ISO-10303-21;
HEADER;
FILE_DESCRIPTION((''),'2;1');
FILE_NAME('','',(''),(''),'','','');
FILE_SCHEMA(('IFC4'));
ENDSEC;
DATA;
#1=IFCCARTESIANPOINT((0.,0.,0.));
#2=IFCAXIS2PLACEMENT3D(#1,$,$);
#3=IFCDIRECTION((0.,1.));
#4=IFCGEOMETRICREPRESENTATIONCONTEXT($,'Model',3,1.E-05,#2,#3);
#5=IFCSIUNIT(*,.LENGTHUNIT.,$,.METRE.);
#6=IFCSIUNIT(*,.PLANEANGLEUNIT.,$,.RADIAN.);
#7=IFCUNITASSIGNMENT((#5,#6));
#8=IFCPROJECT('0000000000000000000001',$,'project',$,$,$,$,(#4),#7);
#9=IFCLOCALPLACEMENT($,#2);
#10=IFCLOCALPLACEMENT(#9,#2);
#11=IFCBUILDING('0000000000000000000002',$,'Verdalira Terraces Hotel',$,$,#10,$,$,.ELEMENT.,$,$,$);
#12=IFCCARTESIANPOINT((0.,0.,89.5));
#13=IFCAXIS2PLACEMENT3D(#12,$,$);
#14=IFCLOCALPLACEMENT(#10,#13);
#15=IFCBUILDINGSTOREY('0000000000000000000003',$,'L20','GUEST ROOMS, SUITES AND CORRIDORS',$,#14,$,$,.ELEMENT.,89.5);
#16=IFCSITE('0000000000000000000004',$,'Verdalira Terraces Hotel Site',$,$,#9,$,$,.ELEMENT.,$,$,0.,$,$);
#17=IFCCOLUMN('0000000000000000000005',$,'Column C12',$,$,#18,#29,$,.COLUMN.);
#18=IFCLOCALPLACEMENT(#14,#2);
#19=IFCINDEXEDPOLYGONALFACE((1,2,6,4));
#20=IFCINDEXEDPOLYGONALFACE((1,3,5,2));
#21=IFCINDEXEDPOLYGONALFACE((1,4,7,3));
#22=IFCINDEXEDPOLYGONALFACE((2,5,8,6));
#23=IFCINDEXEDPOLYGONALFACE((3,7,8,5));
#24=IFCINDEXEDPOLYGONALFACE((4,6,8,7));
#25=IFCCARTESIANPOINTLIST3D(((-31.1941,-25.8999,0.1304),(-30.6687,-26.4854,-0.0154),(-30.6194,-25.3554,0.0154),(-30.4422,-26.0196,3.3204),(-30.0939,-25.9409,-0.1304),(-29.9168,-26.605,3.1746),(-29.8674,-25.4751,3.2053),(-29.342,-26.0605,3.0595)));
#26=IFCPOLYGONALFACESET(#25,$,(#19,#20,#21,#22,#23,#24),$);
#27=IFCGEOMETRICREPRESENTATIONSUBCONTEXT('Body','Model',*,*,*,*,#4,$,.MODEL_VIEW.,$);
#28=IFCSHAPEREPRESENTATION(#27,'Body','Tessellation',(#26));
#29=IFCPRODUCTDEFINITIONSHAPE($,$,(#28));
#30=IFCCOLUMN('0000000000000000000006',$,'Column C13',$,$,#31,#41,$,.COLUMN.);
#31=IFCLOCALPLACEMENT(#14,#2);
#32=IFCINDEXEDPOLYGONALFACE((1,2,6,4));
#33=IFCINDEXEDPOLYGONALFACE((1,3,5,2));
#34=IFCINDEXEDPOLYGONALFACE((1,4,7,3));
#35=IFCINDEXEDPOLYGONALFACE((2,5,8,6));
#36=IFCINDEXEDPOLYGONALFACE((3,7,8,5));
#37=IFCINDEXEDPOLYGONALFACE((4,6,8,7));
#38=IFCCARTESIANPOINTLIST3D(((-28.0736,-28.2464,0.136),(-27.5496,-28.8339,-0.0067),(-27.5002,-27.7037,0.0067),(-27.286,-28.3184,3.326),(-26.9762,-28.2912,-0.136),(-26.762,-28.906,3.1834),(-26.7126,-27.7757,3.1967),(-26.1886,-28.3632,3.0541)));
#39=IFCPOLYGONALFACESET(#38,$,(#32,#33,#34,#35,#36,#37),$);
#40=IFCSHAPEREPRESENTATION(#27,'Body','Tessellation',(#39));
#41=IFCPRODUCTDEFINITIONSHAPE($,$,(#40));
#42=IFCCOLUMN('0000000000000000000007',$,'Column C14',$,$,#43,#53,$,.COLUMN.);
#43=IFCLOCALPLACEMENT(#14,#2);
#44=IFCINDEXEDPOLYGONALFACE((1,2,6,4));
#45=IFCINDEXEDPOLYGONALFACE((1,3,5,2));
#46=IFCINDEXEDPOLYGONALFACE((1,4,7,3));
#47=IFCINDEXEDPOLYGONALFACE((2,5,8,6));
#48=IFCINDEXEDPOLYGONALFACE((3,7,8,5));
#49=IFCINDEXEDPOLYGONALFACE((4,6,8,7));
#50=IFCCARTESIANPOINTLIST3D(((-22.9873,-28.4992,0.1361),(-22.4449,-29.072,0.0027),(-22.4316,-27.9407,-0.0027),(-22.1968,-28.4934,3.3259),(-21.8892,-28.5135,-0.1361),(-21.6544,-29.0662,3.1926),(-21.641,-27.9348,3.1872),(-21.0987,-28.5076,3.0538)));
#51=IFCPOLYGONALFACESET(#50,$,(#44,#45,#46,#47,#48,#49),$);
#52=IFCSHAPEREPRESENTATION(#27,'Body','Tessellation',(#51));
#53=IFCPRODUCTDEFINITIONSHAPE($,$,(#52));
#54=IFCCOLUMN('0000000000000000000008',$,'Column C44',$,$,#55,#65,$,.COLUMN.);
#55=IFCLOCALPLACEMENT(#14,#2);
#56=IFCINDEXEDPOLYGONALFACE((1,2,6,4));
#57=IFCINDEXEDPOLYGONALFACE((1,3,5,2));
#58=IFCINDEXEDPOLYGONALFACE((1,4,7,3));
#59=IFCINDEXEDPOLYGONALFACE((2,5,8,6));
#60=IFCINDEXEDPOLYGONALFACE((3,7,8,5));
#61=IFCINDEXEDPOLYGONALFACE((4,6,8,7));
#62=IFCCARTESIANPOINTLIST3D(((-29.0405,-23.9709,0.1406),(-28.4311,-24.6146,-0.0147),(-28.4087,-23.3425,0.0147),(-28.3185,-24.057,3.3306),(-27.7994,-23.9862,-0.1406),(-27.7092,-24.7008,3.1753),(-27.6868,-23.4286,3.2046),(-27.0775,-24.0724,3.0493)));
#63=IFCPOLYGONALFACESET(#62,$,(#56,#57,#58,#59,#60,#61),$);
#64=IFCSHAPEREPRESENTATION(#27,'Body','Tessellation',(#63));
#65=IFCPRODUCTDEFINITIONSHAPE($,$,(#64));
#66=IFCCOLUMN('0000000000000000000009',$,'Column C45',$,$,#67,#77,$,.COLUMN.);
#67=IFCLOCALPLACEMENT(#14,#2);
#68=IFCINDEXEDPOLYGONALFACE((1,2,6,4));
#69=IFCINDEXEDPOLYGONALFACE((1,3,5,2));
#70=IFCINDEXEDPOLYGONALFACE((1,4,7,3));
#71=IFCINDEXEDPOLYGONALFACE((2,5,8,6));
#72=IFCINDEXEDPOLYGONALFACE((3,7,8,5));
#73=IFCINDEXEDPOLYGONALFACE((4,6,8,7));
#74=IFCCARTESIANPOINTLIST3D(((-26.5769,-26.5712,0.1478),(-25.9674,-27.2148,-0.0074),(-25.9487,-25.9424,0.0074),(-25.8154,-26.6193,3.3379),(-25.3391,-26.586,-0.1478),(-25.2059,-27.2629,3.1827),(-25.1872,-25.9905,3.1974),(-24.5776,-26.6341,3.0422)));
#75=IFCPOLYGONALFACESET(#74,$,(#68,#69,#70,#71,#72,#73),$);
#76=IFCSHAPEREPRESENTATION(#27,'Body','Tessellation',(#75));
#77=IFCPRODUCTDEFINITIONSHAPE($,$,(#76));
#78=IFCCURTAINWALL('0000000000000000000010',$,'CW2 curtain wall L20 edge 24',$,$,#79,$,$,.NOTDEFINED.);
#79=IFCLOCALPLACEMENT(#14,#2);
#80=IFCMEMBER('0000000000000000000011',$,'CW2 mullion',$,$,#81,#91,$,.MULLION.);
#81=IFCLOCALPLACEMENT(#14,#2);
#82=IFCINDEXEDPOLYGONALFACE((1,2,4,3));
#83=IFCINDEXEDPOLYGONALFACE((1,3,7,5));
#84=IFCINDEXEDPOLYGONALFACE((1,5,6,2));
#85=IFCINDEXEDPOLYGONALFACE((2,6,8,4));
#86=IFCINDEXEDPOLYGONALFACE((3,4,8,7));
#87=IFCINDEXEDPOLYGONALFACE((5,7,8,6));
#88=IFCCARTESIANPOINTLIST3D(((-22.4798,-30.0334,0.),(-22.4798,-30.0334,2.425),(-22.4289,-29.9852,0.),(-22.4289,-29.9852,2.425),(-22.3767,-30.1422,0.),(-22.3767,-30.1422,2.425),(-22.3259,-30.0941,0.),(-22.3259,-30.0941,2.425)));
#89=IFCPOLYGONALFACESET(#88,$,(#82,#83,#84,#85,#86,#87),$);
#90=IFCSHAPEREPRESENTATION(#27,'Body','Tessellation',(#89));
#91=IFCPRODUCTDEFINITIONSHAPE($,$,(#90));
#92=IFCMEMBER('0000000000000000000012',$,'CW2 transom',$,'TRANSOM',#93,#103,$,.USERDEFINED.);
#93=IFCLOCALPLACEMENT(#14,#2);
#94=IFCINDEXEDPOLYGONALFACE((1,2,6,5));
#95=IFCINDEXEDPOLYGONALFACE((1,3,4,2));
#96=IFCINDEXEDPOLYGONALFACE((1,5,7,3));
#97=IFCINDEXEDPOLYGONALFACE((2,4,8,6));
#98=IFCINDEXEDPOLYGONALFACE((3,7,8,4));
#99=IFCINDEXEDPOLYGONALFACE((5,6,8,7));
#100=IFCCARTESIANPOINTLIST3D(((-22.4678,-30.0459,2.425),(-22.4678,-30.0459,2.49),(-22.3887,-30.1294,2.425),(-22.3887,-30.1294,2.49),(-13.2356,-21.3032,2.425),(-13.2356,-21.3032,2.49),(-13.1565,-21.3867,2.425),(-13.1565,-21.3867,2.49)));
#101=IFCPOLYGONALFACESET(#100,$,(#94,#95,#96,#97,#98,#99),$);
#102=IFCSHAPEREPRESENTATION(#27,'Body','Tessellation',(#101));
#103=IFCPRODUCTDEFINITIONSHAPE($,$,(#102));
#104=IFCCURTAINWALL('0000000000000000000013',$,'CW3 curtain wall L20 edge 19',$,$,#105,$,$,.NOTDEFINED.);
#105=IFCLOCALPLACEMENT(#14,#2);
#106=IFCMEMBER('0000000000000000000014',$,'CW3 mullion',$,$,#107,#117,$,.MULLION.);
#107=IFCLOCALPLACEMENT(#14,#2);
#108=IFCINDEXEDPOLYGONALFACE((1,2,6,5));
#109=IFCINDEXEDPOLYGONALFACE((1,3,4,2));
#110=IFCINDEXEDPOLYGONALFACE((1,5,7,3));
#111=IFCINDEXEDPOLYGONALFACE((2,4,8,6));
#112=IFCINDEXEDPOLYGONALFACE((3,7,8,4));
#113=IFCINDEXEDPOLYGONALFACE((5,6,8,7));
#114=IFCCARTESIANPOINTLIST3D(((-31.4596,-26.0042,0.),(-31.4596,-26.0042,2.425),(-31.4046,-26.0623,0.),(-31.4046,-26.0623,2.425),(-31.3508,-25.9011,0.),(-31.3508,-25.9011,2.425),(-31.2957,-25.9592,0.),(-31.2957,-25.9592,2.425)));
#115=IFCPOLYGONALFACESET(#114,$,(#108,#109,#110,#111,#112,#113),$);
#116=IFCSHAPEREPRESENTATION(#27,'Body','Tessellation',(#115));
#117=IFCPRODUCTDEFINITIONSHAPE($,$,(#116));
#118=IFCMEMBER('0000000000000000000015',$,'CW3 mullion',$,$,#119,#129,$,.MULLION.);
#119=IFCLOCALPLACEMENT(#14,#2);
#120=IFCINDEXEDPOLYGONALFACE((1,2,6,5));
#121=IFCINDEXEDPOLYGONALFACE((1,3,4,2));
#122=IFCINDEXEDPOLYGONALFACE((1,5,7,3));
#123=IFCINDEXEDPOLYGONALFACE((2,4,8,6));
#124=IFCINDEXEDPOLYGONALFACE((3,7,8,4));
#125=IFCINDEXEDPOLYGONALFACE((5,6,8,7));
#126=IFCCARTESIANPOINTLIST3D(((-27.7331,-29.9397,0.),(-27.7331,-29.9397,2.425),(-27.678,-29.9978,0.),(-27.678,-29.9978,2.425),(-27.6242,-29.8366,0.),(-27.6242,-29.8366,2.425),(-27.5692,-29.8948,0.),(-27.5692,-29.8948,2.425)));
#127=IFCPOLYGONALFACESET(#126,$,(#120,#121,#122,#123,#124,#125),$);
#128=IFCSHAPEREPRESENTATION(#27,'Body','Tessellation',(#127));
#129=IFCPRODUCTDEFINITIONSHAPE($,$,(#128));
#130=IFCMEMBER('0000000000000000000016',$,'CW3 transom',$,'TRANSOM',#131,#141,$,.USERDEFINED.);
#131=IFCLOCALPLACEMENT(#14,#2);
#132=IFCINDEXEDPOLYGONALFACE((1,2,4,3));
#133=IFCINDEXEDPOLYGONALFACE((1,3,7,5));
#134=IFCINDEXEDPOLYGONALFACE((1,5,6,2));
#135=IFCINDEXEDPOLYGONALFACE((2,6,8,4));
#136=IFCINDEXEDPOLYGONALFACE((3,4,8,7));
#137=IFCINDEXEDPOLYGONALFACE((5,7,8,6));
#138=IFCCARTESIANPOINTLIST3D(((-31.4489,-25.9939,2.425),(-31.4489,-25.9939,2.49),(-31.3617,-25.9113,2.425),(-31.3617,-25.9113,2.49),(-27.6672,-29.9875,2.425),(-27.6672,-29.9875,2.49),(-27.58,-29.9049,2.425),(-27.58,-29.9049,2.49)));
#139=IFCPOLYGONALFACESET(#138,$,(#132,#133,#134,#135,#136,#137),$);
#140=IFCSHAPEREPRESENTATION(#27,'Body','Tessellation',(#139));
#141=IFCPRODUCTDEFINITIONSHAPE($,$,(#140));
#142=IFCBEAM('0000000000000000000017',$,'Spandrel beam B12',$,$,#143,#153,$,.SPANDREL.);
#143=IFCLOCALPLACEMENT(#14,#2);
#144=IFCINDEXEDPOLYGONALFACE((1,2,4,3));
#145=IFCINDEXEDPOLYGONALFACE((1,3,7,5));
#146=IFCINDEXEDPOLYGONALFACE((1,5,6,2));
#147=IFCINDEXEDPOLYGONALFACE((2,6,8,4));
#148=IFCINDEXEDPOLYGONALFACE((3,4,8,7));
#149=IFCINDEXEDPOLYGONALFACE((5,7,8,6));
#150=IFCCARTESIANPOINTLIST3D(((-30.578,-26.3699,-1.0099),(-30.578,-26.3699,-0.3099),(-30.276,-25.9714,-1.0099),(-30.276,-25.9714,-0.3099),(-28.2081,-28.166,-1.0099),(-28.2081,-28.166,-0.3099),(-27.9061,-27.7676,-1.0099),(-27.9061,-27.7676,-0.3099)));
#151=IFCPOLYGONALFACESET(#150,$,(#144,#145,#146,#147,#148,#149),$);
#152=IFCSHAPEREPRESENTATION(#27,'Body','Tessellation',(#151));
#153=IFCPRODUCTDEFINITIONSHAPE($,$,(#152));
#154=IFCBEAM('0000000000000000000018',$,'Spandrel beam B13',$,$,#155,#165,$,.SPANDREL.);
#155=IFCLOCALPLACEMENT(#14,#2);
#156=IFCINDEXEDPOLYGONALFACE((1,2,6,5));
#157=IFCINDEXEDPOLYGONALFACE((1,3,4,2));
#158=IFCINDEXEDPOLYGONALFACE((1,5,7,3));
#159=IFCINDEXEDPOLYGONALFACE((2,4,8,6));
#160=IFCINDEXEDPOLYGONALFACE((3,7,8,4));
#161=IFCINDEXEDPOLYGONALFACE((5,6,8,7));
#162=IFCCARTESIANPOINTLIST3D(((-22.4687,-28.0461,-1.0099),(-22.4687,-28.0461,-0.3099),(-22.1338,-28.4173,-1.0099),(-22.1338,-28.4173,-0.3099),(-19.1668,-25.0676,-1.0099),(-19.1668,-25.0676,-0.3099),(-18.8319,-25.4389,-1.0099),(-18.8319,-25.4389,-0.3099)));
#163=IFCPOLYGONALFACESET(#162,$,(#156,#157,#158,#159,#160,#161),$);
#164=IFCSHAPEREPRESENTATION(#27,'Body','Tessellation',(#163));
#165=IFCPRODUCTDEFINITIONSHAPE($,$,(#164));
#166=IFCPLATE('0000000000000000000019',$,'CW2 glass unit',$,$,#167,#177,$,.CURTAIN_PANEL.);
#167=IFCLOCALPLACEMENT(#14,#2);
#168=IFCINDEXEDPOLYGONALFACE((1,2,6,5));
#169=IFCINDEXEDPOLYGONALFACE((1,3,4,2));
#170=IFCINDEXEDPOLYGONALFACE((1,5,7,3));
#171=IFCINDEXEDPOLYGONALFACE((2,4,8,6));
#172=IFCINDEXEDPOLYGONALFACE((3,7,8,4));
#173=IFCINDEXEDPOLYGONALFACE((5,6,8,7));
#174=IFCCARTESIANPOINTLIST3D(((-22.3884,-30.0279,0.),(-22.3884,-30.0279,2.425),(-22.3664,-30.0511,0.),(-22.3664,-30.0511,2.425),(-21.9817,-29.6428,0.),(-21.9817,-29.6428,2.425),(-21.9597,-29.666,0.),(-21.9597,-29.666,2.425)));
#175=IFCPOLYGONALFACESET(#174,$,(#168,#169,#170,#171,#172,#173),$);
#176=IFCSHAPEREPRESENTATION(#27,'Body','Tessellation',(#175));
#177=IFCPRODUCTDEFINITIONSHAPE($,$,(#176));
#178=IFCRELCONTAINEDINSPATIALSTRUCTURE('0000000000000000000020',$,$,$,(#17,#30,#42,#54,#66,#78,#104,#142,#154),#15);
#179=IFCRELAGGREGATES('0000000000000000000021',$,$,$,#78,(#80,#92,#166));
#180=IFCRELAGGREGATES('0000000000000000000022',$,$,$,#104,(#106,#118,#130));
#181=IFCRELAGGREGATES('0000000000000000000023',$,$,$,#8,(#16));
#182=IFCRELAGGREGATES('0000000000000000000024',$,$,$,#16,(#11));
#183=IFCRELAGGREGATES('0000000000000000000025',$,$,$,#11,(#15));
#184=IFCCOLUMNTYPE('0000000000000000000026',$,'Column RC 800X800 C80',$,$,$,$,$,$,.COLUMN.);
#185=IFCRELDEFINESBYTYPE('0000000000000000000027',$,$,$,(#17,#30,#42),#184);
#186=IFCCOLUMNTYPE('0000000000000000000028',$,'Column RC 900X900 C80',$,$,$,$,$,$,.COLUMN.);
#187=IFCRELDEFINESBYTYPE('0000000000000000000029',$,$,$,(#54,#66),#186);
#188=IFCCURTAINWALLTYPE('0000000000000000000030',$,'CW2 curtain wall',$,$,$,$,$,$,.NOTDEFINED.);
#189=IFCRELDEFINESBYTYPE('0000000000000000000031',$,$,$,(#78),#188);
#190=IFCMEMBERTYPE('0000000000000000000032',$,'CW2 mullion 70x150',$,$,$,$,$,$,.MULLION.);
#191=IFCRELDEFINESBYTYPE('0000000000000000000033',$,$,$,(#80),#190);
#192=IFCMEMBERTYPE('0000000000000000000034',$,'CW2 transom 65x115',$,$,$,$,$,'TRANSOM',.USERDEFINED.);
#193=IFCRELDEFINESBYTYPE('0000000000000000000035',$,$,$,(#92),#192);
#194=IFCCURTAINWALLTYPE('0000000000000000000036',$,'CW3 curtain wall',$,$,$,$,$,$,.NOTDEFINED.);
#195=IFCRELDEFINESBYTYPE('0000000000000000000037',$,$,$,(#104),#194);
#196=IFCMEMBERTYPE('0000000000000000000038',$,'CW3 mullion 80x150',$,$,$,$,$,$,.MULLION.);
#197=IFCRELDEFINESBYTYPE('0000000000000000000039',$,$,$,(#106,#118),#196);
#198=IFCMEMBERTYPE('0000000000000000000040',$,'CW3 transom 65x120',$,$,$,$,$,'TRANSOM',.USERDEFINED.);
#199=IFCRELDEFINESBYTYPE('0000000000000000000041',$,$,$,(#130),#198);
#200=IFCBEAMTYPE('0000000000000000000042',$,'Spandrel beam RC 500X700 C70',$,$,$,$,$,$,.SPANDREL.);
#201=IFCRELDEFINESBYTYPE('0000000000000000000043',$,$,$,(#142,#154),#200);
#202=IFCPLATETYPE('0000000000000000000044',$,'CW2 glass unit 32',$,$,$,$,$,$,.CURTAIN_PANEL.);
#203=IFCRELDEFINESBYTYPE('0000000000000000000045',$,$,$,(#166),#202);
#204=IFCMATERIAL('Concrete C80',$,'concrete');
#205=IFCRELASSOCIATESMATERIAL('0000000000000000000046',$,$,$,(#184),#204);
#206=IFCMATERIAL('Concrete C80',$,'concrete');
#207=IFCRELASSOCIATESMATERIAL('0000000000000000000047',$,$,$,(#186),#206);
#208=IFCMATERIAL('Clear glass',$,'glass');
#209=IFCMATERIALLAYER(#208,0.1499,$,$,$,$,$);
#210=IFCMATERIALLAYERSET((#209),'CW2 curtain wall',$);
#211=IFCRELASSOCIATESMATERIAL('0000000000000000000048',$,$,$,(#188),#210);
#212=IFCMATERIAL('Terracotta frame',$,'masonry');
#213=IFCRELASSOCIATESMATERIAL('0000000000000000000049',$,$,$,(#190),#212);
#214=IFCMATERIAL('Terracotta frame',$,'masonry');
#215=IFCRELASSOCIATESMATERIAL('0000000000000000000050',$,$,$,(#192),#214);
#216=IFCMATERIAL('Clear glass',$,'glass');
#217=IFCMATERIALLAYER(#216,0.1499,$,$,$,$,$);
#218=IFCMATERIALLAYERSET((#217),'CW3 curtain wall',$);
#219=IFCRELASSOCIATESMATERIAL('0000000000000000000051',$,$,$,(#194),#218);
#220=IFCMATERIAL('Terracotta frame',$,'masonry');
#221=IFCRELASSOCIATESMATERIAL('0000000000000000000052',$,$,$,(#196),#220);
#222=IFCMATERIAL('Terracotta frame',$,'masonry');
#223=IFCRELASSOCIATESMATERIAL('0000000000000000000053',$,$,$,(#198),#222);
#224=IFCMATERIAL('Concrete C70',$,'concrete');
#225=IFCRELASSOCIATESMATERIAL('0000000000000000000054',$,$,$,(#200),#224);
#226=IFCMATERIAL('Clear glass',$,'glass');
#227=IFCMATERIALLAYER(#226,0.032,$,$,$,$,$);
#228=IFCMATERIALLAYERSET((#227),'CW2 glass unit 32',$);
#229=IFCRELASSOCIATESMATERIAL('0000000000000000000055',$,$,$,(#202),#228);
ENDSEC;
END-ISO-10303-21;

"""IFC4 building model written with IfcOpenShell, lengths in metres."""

from ifc_helpers import new_model, si_unit, direction, frame, origin, origin_2d, place, context, subcontext, project, spatial, rectangle, extrude, material, layer, layer_set, material_profile, profile_set, type_object, element, aggregate, save


model = new_model("IFC4")

# Units and contexts
model_context = context("Model", 3, precision=1e-05, world=origin(), true_north=direction((0.0, 1.0)))
body_context = subcontext(model_context, "Body", "Model", "MODEL_VIEW")
ifc_project = project(units=[si_unit("LENGTHUNIT", "METRE"), si_unit("PLANEANGLEUNIT", "RADIAN")], contexts=[model_context])

# Site, building, storey
site_placement = place(None, origin())
site = spatial("IfcSite", under=ifc_project, at=site_placement, Name="Verdalira Terraces Hotel Site", CompositionType="ELEMENT", RefElevation=0.0)
building_placement = place(site_placement, origin())
building = spatial("IfcBuilding", under=site, at=building_placement, Name="Verdalira Terraces Hotel", CompositionType="ELEMENT")
storey_placement = place(building_placement, frame((0.0, 0.0, 89.5)))
storey = spatial("IfcBuildingStorey", under=building, at=storey_placement, Name="L20", Description="GUEST ROOMS, SUITES AND CORRIDORS", CompositionType="ELEMENT", Elevation=89.5)

# Columns
ifc_material_1 = material(Name="Concrete C80", Category="concrete")
ifc_material_profile_1 = material_profile(ifc_material_1, rectangle(XDim=0.8, YDim=0.8, at=origin_2d()), Name="RC 800X800")
ifc_profile_set_1 = profile_set([ifc_material_profile_1], Name="Concrete C80")
column_type_1 = type_object("IfcColumnType", Name="Column RC 800X800 C80", PredefinedType="COLUMN", material=ifc_profile_set_1)
column_1_placement = place(storey_placement, frame((-30.644, -25.9204, 0.0), z_axis=(0.229285, -0.036477, 0.972676), x_axis=(0.656734, -0.731768, -0.182252)))
element("IfcColumn", 1, at=column_1_placement, inside=storey, type_object=column_type_1, Name="Column C12", PredefinedType="COLUMN", context=body_context, shape_type="SweptSolid", body=[
    extrude(rectangle(XDim=0.8, YDim=0.8, at=origin_2d()), origin(), (0.0, 0.0, 1.0), 3.2795),
])
column_2_placement = place(storey_placement, frame((-27.5249, -28.2688, 0.0), z_axis=(0.239645, -0.021914, 0.970613), x_axis=(0.654927, -0.734361, -0.178282)))
element("IfcColumn", 2, at=column_2_placement, inside=storey, type_object=column_type_1, Name="Column C13", PredefinedType="COLUMN", context=body_context, shape_type="SweptSolid", body=[
    extrude(rectangle(XDim=0.8, YDim=0.8, at=origin_2d()), origin(), (0.0, 0.0, 1.0), 3.2866),
])
column_3_placement = place(storey_placement, frame((-22.4382, -28.5063, 0.0), z_axis=(0.240542, 0.001783, 0.970637), x_axis=(0.694635, 0.698144, -0.173426)))
element("IfcColumn", 3, at=column_3_placement, inside=storey, type_object=column_type_1, Name="Column C14", PredefinedType="COLUMN", context=body_context, shape_type="SweptSolid", body=[
    extrude(rectangle(XDim=0.8, YDim=0.8, at=origin_2d()), origin(), (0.0, 0.0, 1.0), 3.2864),
])
ifc_material_2 = material(Name="Concrete C80", Category="concrete")
ifc_material_profile_2 = material_profile(ifc_material_2, rectangle(XDim=0.8999, YDim=0.8999, at=origin_2d()), Name="RC 900X900")
ifc_profile_set_2 = profile_set([ifc_material_profile_2], Name="Concrete C80")
column_type_2 = type_object("IfcColumnType", Name="Column RC 900X900 C80", PredefinedType="COLUMN", material=ifc_profile_set_2)
column_4_placement = place(storey_placement, frame((-28.4199, -23.9785, 0.0), z_axis=(0.220654, -0.026341, 0.974996), x_axis=(-0.701988, -0.698292, 0.140003)))
element("IfcColumn", 4, at=column_4_placement, inside=storey, type_object=column_type_2, Name="Column C44", PredefinedType="COLUMN", context=body_context, shape_type="SweptSolid", body=[
    extrude(rectangle(XDim=0.8999, YDim=0.8999, at=origin_2d()), origin(), (0.0, 0.0, 1.0), 3.2717),
])
column_5_placement = place(storey_placement, frame((-25.958, -26.5786, 0.0), z_axis=(0.232162, -0.014664, 0.972566), x_axis=(-0.6981, -0.698775, 0.156109)))
element("IfcColumn", 5, at=column_5_placement, inside=storey, type_object=column_type_2, Name="Column C45", PredefinedType="COLUMN", context=body_context, shape_type="SweptSolid", body=[
    extrude(rectangle(XDim=0.8999, YDim=0.8999, at=origin_2d()), origin(), (0.0, 0.0, 1.0), 3.28),
])

# Curtain walls, members
ifc_material_3 = material(Name="Clear glass", Category="glass")
ifc_layer_1 = layer(ifc_material_3, 0.1499)
ifc_layer_set_1 = layer_set([ifc_layer_1], Name="CW2 curtain wall")
curtain_wall_type_1 = type_object("IfcCurtainWallType", Name="CW2 curtain wall", PredefinedType="NOTDEFINED", material=ifc_layer_set_1)
curtain_wall_1_placement = place(storey_placement, origin())
curtain_wall_1 = element("IfcCurtainWall", 6, at=curtain_wall_1_placement, inside=storey, type_object=curtain_wall_type_1, Name="CW2 curtain wall L20 edge 24", PredefinedType="NOTDEFINED")
ifc_material_4 = material(Name="Terracotta frame", Category="masonry")
ifc_material_profile_3 = material_profile(ifc_material_4, rectangle(XDim=0.0701, YDim=0.1499, at=origin_2d()), Name="MU 70x150")
ifc_profile_set_3 = profile_set([ifc_material_profile_3], Name="Terracotta frame")
member_type_1 = type_object("IfcMemberType", Name="CW2 mullion 70x150", PredefinedType="MULLION", material=ifc_profile_set_3)
member_1_placement = place(storey_placement, frame((-22.4028, -30.0637, 0.0), z_axis=(0.0, 0.0, 1.0), x_axis=(0.726095, 0.687595, 0.0)))
member_1 = element("IfcMember", 7, at=member_1_placement, type_object=member_type_1, Name="CW2 mullion", PredefinedType="MULLION", context=body_context, shape_type="SweptSolid", body=[
    extrude(rectangle(XDim=0.0701, YDim=0.1499, at=origin_2d()), origin(), (0.0, 0.0, 1.0), 2.425),
])
ifc_material_5 = material(Name="Terracotta frame", Category="masonry")
ifc_material_profile_4 = material_profile(ifc_material_5, rectangle(XDim=0.115, YDim=0.0649, at=origin_2d()), Name="TR 65x115")
ifc_profile_set_4 = profile_set([ifc_material_profile_4], Name="Terracotta frame")
member_type_2 = type_object("IfcMemberType", Name="CW2 transom 65x115", ElementType="TRANSOM", PredefinedType="USERDEFINED", material=ifc_profile_set_4)
member_2_placement = place(storey_placement, frame((-22.4282, -30.0876, 2.4575), z_axis=(0.726094, 0.687596, 0.0), x_axis=(-0.687596, 0.726094, 0.0)))
member_2 = element("IfcMember", 8, at=member_2_placement, type_object=member_type_2, Name="CW2 transom", ObjectType="TRANSOM", PredefinedType="USERDEFINED", context=body_context, shape_type="SweptSolid", body=[
    extrude(rectangle(XDim=0.115, YDim=0.0649, at=origin_2d()), origin(), (0.0, 0.0, 1.0), 12.7148),
])
ifc_material_6 = material(Name="Clear glass", Category="glass")
ifc_layer_2 = layer(ifc_material_6, 0.1499)
ifc_layer_set_2 = layer_set([ifc_layer_2], Name="CW3 curtain wall")
curtain_wall_type_2 = type_object("IfcCurtainWallType", Name="CW3 curtain wall", PredefinedType="NOTDEFINED", material=ifc_layer_set_2)
curtain_wall_2_placement = place(storey_placement, origin())
curtain_wall_2 = element("IfcCurtainWall", 9, at=curtain_wall_2_placement, inside=storey, type_object=curtain_wall_type_2, Name="CW3 curtain wall L20 edge 19", PredefinedType="NOTDEFINED")
ifc_material_7 = material(Name="Terracotta frame", Category="masonry")
ifc_material_profile_5 = material_profile(ifc_material_7, rectangle(XDim=0.0801, YDim=0.1499, at=origin_2d()), Name="MU 80x150")
ifc_profile_set_5 = profile_set([ifc_material_profile_5], Name="Terracotta frame")
member_type_3 = type_object("IfcMemberType", Name="CW3 mullion 80x150", PredefinedType="MULLION", material=ifc_profile_set_5)
member_3_placement = place(storey_placement, frame((-31.3777, -25.9817, 0.0), z_axis=(0.0, 0.0, 1.0), x_axis=(0.687595, -0.726095, 0.0)))
member_3 = element("IfcMember", 10, at=member_3_placement, type_object=member_type_3, Name="CW3 mullion", PredefinedType="MULLION", context=body_context, shape_type="SweptSolid", body=[
    extrude(rectangle(XDim=0.0801, YDim=0.1499, at=origin_2d()), origin(), (0.0, 0.0, 1.0), 2.425),
])
member_4_placement = place(storey_placement, frame((-27.6511, -29.9172, 0.0), z_axis=(0.0, 0.0, 1.0), x_axis=(0.687595, -0.726095, 0.0)))
member_4 = element("IfcMember", 11, at=member_4_placement, type_object=member_type_3, Name="CW3 mullion", PredefinedType="MULLION", context=body_context, shape_type="SweptSolid", body=[
    extrude(rectangle(XDim=0.0801, YDim=0.1499, at=origin_2d()), origin(), (0.0, 0.0, 1.0), 2.425),
])
ifc_material_8 = material(Name="Terracotta frame", Category="masonry")
ifc_material_profile_6 = material_profile(ifc_material_8, rectangle(XDim=0.1201, YDim=0.0649, at=origin_2d()), Name="TR 65x120")
ifc_profile_set_6 = profile_set([ifc_material_profile_6], Name="Terracotta frame")
member_type_4 = type_object("IfcMemberType", Name="CW3 transom 65x120", ElementType="TRANSOM", PredefinedType="USERDEFINED", material=ifc_profile_set_6)
member_5_placement = place(storey_placement, frame((-31.4053, -25.9526, 2.4575), z_axis=(0.68758, -0.726109, 0.0), x_axis=(0.726109, 0.68758, 0.0)))
member_5 = element("IfcMember", 12, at=member_5_placement, type_object=member_type_4, Name="CW3 transom", ObjectType="TRANSOM", PredefinedType="USERDEFINED", context=body_context, shape_type="SweptSolid", body=[
    extrude(rectangle(XDim=0.1201, YDim=0.0649, at=origin_2d()), origin(), (0.0, 0.0, 1.0), 5.5),
])

# Beams
ifc_material_9 = material(Name="Concrete C70", Category="concrete")
ifc_material_profile_7 = material_profile(ifc_material_9, rectangle(XDim=0.5, YDim=0.7, at=origin_2d()), Name="RC 500X700")
ifc_profile_set_7 = profile_set([ifc_material_profile_7], Name="Concrete C70")
beam_type = type_object("IfcBeamType", Name="Spandrel beam RC 500X700 C70", PredefinedType="SPANDREL", material=ifc_profile_set_7)
beam_1_placement = place(storey_placement, frame((-30.427, -26.1707, -0.6599), z_axis=(0.796965, -0.604025, 0.0), x_axis=(0.604025, 0.796965, 0.0)))
element("IfcBeam", 13, at=beam_1_placement, inside=storey, type_object=beam_type, Name="Spandrel beam B12", PredefinedType="SPANDREL", context=body_context, shape_type="SweptSolid", body=[
    extrude(rectangle(XDim=0.5, YDim=0.7, at=origin_2d()), origin(), (0.0, 0.0, 1.0), 2.9736),
])
beam_2_placement = place(storey_placement, frame((-22.3013, -28.2317, -0.6599), z_axis=(0.742543, 0.669798, 0.0), x_axis=(-0.669798, 0.742543, 0.0)))
element("IfcBeam", 14, at=beam_2_placement, inside=storey, type_object=beam_type, Name="Spandrel beam B13", PredefinedType="SPANDREL", context=body_context, shape_type="SweptSolid", body=[
    extrude(rectangle(XDim=0.5, YDim=0.7, at=origin_2d()), origin(), (0.0, 0.0, 1.0), 4.4468),
])

# Plate
ifc_material_10 = material(Name="Clear glass", Category="glass")
ifc_layer_3 = layer(ifc_material_10, 0.032)
ifc_layer_set_3 = layer_set([ifc_layer_3], Name="CW2 glass unit 32")
plate_type_1 = type_object("IfcPlateType", Name="CW2 glass unit 32", PredefinedType="CURTAIN_PANEL", material=ifc_layer_set_3)
plate_1_placement = place(storey_placement, frame((-22.1741, -29.8469, 0.0), z_axis=(0.0, 0.0, 1.0), x_axis=(0.726095, 0.687595, 0.0)))
plate_1 = element("IfcPlate", 15, at=plate_1_placement, type_object=plate_type_1, Name="CW2 glass unit", PredefinedType="CURTAIN_PANEL", context=body_context, shape_type="SweptSolid", body=[
    extrude(rectangle(XDim=0.5601, YDim=0.032, at=origin_2d()), origin(), (0.0, 0.0, 1.0), 2.425),
])
aggregate(curtain_wall_1, [member_1, member_2, plate_1])
aggregate(curtain_wall_2, [member_3, member_4, member_5])

save(model, "model.ifc")
